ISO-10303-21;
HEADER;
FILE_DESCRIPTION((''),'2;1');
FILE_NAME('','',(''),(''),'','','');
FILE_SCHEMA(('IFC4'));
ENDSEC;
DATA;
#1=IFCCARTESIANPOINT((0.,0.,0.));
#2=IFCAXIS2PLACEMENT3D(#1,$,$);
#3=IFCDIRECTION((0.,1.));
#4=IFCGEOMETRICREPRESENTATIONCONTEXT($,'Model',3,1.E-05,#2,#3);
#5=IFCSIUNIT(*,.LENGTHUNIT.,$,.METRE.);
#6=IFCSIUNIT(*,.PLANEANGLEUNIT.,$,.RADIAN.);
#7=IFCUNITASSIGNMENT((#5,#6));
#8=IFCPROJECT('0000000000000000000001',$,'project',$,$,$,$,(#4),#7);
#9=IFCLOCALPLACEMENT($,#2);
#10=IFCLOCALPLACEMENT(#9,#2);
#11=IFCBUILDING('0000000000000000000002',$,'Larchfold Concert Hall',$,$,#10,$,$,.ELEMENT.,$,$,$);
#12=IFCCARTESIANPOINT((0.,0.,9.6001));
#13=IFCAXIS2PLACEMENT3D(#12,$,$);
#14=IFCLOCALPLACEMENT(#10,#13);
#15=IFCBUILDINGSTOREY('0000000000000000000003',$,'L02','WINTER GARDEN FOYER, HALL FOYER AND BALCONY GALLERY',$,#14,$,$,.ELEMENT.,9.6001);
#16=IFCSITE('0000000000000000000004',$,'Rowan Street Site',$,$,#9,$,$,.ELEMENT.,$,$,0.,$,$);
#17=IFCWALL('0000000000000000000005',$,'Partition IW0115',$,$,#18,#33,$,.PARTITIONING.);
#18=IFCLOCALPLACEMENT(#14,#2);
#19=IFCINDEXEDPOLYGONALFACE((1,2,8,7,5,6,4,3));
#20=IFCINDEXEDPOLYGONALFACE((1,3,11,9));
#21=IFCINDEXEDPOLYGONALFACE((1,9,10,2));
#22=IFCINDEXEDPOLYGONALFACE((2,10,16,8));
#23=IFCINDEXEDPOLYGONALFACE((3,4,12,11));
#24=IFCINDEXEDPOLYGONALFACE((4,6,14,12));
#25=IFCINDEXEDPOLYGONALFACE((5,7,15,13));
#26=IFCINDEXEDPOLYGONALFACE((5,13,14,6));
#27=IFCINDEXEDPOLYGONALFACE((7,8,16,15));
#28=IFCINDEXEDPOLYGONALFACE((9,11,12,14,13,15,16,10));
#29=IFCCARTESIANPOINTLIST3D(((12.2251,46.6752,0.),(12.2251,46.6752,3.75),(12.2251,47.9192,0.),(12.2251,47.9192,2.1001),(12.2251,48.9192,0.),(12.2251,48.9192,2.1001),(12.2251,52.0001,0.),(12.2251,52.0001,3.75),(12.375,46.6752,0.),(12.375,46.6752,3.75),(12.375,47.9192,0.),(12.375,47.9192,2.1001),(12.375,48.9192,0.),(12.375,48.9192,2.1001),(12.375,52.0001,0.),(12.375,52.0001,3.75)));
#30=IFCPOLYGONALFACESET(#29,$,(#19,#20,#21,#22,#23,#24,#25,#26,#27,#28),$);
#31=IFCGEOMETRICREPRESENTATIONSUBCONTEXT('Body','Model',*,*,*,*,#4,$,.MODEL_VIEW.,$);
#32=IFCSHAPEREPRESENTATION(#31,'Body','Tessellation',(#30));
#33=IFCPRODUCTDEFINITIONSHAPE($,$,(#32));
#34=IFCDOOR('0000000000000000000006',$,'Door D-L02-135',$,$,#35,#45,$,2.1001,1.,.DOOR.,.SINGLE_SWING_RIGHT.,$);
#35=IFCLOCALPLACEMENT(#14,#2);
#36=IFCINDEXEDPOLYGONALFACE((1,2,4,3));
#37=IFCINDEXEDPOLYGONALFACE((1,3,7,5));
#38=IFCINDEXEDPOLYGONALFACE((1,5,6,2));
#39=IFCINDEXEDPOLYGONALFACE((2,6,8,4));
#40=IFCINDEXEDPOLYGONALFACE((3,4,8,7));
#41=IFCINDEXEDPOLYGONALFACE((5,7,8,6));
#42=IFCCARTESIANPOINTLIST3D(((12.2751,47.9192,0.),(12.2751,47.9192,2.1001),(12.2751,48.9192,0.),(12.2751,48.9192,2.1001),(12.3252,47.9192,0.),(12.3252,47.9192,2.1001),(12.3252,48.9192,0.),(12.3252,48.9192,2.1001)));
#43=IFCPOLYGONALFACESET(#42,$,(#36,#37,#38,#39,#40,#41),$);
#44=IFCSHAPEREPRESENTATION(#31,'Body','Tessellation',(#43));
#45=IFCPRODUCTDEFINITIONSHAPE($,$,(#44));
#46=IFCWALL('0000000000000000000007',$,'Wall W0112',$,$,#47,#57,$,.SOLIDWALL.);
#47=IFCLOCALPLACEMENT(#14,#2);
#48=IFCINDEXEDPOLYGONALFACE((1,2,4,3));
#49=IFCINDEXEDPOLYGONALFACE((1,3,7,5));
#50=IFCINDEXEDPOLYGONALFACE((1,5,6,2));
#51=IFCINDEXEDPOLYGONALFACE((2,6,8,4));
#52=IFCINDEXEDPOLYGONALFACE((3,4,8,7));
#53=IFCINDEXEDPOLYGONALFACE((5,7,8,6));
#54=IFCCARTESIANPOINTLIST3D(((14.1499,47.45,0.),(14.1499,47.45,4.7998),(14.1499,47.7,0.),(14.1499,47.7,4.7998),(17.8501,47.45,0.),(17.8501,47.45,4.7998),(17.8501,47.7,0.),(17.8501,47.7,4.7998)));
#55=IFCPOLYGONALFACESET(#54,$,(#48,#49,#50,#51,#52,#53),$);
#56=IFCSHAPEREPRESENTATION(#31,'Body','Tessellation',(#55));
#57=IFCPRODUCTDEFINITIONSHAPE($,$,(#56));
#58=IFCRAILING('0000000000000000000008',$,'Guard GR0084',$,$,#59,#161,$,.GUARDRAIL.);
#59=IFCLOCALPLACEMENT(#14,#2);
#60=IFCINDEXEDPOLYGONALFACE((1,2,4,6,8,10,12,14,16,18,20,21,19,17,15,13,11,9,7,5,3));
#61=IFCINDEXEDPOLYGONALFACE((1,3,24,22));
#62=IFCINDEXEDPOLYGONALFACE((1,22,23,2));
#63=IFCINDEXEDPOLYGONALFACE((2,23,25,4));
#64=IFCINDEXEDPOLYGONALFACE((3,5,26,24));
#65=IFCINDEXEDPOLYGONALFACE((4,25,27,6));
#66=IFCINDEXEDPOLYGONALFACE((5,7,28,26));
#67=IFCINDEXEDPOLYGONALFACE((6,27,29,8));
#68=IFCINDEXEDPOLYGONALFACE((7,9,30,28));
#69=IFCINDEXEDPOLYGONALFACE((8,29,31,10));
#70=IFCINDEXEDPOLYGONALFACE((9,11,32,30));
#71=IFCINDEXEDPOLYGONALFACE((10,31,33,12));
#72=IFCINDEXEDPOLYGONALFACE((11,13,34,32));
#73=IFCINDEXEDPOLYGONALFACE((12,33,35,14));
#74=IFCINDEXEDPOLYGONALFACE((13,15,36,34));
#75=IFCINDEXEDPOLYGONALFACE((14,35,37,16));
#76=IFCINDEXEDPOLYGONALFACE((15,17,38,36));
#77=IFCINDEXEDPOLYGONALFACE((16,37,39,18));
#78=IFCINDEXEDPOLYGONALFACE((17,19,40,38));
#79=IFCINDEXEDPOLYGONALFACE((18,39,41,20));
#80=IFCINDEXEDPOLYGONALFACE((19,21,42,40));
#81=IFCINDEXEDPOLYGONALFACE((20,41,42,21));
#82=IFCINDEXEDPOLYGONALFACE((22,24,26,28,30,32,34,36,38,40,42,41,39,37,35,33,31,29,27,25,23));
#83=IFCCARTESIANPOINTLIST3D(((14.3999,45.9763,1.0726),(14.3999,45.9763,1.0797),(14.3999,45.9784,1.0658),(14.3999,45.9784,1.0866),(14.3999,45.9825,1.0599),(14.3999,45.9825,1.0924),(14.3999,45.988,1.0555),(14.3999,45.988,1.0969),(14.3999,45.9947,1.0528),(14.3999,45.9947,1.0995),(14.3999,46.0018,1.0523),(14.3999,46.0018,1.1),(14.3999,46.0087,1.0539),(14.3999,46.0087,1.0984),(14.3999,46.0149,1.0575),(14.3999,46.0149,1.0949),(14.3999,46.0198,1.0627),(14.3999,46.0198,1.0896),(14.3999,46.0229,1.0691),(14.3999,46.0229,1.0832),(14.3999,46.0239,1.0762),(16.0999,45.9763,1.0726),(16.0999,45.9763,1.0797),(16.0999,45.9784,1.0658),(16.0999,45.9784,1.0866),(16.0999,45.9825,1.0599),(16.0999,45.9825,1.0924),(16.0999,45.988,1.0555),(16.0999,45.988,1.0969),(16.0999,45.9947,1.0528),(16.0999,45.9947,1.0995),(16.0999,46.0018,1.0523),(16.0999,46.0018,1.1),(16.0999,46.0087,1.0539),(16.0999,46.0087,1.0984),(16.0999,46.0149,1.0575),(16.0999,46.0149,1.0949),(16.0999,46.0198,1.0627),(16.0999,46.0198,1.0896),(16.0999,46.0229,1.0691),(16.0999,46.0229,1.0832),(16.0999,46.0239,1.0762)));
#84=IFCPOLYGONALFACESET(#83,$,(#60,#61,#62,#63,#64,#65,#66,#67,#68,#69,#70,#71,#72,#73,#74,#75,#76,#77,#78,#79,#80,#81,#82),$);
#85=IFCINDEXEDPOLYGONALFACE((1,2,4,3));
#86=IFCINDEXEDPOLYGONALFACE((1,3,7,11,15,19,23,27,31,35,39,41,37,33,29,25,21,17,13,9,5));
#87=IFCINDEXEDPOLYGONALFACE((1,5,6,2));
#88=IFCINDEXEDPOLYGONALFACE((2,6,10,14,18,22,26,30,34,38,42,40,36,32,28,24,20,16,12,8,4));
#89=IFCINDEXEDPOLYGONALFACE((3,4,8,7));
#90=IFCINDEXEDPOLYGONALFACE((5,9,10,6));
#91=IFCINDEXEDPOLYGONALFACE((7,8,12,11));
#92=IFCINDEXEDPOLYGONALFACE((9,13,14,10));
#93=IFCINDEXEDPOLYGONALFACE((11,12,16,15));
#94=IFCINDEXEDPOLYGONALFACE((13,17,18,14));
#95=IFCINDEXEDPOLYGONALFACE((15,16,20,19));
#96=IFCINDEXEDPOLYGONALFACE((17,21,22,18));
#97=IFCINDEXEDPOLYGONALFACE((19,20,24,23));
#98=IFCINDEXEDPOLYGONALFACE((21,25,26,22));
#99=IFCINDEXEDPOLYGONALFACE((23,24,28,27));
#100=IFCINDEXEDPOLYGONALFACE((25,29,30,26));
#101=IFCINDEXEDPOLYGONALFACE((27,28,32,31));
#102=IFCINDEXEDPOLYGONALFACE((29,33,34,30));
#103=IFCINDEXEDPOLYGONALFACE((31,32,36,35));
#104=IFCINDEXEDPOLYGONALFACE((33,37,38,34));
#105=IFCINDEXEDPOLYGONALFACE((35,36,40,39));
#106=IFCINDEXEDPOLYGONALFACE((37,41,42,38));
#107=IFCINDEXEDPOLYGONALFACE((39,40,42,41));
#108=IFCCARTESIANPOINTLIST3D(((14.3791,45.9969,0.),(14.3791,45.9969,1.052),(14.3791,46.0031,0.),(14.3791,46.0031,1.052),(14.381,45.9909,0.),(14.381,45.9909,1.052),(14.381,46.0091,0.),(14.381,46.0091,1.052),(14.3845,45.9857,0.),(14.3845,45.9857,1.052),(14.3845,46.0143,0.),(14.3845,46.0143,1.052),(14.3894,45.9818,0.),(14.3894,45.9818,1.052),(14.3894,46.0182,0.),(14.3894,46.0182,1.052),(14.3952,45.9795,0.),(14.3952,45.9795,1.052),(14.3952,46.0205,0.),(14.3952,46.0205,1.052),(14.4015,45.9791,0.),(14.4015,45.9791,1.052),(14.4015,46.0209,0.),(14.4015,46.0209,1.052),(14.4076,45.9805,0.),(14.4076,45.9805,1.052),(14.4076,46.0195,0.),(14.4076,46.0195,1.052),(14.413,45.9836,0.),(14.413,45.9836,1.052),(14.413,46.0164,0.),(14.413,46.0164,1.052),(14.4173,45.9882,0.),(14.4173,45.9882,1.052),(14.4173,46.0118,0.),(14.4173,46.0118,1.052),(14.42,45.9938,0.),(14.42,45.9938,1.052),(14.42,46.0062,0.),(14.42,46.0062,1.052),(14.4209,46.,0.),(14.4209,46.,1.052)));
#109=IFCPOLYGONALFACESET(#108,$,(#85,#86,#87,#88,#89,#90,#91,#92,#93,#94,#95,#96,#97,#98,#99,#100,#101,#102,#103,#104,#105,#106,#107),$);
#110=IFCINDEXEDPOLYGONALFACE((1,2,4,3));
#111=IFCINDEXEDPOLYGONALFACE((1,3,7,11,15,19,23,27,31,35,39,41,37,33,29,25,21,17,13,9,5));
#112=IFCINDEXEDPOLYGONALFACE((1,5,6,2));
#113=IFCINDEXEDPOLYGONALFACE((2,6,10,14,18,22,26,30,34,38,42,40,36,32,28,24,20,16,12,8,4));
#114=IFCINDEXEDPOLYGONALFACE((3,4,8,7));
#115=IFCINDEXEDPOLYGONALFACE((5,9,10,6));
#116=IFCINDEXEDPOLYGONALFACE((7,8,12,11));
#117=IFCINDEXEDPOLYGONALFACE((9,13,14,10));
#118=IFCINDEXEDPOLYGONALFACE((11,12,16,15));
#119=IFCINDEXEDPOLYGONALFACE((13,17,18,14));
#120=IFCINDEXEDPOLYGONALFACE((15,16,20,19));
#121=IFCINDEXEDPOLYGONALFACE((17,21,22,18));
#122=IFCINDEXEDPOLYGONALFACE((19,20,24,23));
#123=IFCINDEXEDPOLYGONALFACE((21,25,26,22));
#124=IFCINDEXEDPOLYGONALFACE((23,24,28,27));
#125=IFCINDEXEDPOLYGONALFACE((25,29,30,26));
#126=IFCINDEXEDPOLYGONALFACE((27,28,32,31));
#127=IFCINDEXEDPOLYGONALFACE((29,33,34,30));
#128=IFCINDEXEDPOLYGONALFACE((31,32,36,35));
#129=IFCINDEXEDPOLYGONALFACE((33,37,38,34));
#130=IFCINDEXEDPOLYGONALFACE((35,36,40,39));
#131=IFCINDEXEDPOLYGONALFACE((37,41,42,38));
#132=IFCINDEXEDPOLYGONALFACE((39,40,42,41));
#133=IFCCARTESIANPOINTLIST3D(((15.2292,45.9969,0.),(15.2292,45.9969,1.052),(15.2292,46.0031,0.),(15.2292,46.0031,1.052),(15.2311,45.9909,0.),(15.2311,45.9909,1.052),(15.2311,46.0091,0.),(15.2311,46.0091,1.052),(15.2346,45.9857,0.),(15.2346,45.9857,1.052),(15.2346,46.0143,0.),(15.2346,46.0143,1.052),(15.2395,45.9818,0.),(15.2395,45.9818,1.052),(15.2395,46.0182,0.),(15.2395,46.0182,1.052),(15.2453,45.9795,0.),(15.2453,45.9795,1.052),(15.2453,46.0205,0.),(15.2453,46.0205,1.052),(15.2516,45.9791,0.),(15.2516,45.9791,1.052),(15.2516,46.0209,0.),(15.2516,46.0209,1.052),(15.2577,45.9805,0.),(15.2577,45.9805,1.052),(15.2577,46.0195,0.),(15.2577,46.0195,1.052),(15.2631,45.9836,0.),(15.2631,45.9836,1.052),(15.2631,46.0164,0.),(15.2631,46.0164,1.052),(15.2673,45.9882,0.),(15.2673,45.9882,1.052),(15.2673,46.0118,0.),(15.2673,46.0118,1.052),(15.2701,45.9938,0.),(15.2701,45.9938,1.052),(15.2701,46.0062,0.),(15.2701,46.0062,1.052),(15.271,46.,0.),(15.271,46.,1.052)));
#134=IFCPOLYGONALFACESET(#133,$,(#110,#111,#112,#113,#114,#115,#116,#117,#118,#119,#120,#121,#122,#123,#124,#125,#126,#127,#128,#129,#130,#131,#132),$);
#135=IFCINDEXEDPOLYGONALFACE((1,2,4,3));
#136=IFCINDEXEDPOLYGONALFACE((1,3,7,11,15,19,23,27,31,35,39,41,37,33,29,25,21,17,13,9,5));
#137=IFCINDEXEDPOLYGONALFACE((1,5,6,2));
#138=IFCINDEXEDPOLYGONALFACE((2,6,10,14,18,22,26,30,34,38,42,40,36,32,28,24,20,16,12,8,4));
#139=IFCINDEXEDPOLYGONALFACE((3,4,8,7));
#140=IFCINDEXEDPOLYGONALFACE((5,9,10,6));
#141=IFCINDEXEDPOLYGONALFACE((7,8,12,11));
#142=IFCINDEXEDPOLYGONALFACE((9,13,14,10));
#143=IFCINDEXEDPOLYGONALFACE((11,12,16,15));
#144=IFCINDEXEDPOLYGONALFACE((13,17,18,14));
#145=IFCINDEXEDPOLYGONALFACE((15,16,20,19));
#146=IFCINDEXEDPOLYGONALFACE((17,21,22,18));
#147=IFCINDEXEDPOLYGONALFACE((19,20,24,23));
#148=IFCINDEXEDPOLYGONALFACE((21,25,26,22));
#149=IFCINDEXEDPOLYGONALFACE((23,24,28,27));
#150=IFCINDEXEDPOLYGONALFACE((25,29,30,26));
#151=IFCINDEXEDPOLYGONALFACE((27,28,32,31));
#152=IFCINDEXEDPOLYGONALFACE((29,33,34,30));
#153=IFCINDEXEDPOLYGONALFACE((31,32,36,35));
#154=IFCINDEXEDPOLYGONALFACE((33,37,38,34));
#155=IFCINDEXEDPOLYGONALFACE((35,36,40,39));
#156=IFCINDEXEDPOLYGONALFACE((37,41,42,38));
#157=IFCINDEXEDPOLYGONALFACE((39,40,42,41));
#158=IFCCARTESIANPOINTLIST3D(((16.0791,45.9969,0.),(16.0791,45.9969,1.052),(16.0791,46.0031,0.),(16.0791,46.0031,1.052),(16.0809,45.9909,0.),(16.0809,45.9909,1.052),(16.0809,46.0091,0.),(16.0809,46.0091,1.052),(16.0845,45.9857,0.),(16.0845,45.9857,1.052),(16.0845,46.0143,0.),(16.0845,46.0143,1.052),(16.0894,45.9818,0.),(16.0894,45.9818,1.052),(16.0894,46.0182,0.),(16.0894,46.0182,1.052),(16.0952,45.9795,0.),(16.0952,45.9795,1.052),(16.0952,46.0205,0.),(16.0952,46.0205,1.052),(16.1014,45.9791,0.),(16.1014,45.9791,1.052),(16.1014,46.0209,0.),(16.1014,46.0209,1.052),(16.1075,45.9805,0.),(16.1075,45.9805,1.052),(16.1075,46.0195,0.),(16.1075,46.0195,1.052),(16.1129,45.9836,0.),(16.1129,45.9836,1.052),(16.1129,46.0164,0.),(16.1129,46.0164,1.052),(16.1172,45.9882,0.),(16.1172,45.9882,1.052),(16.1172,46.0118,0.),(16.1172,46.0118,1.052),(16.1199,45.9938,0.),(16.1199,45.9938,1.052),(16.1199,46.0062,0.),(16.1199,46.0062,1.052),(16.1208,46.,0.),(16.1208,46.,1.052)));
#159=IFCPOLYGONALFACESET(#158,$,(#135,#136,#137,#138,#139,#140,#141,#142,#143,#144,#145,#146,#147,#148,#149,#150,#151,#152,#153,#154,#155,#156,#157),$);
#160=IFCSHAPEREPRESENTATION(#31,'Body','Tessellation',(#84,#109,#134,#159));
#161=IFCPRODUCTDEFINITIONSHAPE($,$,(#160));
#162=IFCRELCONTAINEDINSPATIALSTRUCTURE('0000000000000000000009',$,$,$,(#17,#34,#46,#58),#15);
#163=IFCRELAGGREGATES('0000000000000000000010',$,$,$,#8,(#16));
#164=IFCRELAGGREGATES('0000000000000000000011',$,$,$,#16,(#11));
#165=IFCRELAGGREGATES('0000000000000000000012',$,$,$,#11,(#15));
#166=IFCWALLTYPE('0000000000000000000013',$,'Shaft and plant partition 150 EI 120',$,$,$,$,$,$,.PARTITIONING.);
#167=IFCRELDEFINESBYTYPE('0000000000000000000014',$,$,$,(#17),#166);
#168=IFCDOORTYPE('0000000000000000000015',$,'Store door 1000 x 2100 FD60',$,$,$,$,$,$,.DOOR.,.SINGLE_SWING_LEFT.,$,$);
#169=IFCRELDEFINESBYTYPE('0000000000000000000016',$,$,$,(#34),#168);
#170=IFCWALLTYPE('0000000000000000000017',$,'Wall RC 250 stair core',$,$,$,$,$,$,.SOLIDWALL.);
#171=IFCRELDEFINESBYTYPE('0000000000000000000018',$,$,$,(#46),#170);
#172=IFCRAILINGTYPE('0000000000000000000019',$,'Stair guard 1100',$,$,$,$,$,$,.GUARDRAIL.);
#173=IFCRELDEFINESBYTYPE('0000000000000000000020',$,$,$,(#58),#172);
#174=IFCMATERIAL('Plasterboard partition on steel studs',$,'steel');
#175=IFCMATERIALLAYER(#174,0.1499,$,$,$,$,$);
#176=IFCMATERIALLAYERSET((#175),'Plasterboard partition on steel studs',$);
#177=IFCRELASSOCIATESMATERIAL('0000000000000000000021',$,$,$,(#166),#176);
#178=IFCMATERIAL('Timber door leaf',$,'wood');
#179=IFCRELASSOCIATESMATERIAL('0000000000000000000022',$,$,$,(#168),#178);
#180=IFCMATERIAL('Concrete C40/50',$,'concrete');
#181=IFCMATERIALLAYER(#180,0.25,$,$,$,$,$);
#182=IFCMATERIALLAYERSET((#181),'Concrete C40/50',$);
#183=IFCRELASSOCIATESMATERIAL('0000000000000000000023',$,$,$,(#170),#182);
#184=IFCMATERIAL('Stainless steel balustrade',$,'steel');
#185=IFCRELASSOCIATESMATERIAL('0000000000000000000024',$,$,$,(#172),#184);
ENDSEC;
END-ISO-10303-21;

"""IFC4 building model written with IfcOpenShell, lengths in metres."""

from ifc_helpers import new_model, si_unit, direction, frame, frame_2d, origin, origin_2d, place, context, subcontext, project, spatial, rectangle, circle, extrude, material, layer, layer_set, type_object, element, fill, save


model = new_model("IFC4")

# Units and contexts
model_context = context("Model", 3, precision=1e-05, world=origin(), true_north=direction((0.0, 1.0)))
body_context = subcontext(model_context, "Body", "Model", "MODEL_VIEW")
ifc_project = project(units=[si_unit("LENGTHUNIT", "METRE"), si_unit("PLANEANGLEUNIT", "RADIAN")], contexts=[model_context])

# Site, building, storey
site_placement = place(None, origin())
site = spatial("IfcSite", under=ifc_project, at=site_placement, Name="Rowan Street Site", CompositionType="ELEMENT", RefElevation=0.0)
building_placement = place(site_placement, origin())
building = spatial("IfcBuilding", under=site, at=building_placement, Name="Larchfold Concert Hall", CompositionType="ELEMENT")
storey_placement = place(building_placement, frame((0.0, 0.0, 9.6001)))
storey = spatial("IfcBuildingStorey", under=building, at=storey_placement, Name="L02", Description="WINTER GARDEN FOYER, HALL FOYER AND BALCONY GALLERY", CompositionType="ELEMENT", Elevation=9.6001)

# Shared definitions
ifc_material_1 = material(Name="Plasterboard partition on steel studs", Category="steel")
ifc_layer_1 = layer(ifc_material_1, 0.1499)
ifc_layer_set_1 = layer_set([ifc_layer_1], Name="Plasterboard partition on steel studs")
wall_type_1 = type_object("IfcWallType", Name="Shaft and plant partition 150 EI 120", PredefinedType="PARTITIONING", material=ifc_layer_set_1)

# Wall, opening, door
wall_1_placement = place(storey_placement, frame((12.3, 46.675, 0.0), z_axis=(0.0, 0.0, 1.0), x_axis=(0.0, 1.0, 0.0)))
wall_1 = element("IfcWall", 1, at=wall_1_placement, inside=storey, type_object=wall_type_1, Name="Partition IW0115", PredefinedType="PARTITIONING", context=body_context, shape_type="SweptSolid", body=[
    extrude(rectangle(XDim=5.325, YDim=0.1499, at=frame_2d((2.6626, 0.0))), origin(), (0.0, 0.0, 1.0), 3.75),
])
opening_placement = place(wall_1_placement, frame((1.2441, 0.0, 0.0)))
opening = element("IfcOpeningElement", 2, at=opening_placement, cuts=wall_1, PredefinedType="OPENING", context=body_context, shape_type="SweptSolid", body=[
    extrude(rectangle(XDim=1.0, YDim=2.1001, at=frame_2d((0.5, 1.05))), frame((0.0, 0.085, 0.0), z_axis=(0.0, -1.0, 0.0), x_axis=(1.0, 0.0, 0.0)), (0.0, 0.0, 1.0), 0.1699),
])
ifc_material_2 = material(Name="Timber door leaf", Category="wood")
door_type = type_object("IfcDoorType", Name="Store door 1000 x 2100 FD60", OperationType="SINGLE_SWING_LEFT", PredefinedType="DOOR", material=ifc_material_2)
door_placement = place(opening_placement, origin())
door = element("IfcDoor", 3, at=door_placement, inside=storey, type_object=door_type, Name="Door D-L02-135", OperationType="SINGLE_SWING_RIGHT", OverallHeight=2.1001, OverallWidth=1.0, PredefinedType="DOOR", context=body_context, shape_type="SweptSolid", body=[
    extrude(rectangle(XDim=1.0, YDim=2.1001, at=frame_2d((0.5, 1.05))), frame((0.0, 0.0249, 0.0), z_axis=(0.0, -1.0, 0.0), x_axis=(1.0, 0.0, 0.0)), (0.0, 0.0, 1.0), 0.05),
])
fill(opening, door)

# Wall
ifc_material_3 = material(Name="Concrete C40/50", Category="concrete")
ifc_layer_2 = layer(ifc_material_3, 0.25)
ifc_layer_set_2 = layer_set([ifc_layer_2], Name="Concrete C40/50")
wall_type_2 = type_object("IfcWallType", Name="Wall RC 250 stair core", PredefinedType="SOLIDWALL", material=ifc_layer_set_2)
wall_2_placement = place(storey_placement, frame((14.1499, 47.575, 0.0), z_axis=(0.0, 0.0, 1.0), x_axis=(1.0, 0.0, 0.0)))
element("IfcWall", 4, at=wall_2_placement, inside=storey, type_object=wall_type_2, Name="Wall W0112", PredefinedType="SOLIDWALL", context=body_context, shape_type="SweptSolid", body=[
    extrude(rectangle(XDim=3.7002, YDim=0.25, at=frame_2d((1.8501, 0.0))), origin(), (0.0, 0.0, 1.0), 4.7998),
])

# Railing
ifc_material_4 = material(Name="Stainless steel balustrade", Category="steel")
railing_type = type_object("IfcRailingType", Name="Stair guard 1100", PredefinedType="GUARDRAIL", material=ifc_material_4)
railing_placement = place(storey_placement, frame((14.3999, 46.0, 0.0)))
element("IfcRailing", 5, at=railing_placement, inside=storey, type_object=railing_type, Name="Guard GR0084", PredefinedType="GUARDRAIL", context=body_context, shape_type="SweptSolid", body=[
    extrude(circle(Radius=0.0239, at=origin_2d()), frame((0.0, 0.0, 1.0762), z_axis=(1.0, 0.0, 0.0), x_axis=(0.0, 1.0, 0.0)), (0.0, 0.0, 1.0), 1.7),
    extrude(circle(Radius=0.021, at=origin_2d()), origin(), (0.0, 0.0, 1.0), 1.052),
    extrude(circle(Radius=0.021, at=origin_2d()), frame((0.8501, 0.0, 0.0)), (0.0, 0.0, 1.0), 1.052),
    extrude(circle(Radius=0.021, at=origin_2d()), frame((1.7, 0.0, 0.0)), (0.0, 0.0, 1.0), 1.052),
])

save(model, "model.ifc")
